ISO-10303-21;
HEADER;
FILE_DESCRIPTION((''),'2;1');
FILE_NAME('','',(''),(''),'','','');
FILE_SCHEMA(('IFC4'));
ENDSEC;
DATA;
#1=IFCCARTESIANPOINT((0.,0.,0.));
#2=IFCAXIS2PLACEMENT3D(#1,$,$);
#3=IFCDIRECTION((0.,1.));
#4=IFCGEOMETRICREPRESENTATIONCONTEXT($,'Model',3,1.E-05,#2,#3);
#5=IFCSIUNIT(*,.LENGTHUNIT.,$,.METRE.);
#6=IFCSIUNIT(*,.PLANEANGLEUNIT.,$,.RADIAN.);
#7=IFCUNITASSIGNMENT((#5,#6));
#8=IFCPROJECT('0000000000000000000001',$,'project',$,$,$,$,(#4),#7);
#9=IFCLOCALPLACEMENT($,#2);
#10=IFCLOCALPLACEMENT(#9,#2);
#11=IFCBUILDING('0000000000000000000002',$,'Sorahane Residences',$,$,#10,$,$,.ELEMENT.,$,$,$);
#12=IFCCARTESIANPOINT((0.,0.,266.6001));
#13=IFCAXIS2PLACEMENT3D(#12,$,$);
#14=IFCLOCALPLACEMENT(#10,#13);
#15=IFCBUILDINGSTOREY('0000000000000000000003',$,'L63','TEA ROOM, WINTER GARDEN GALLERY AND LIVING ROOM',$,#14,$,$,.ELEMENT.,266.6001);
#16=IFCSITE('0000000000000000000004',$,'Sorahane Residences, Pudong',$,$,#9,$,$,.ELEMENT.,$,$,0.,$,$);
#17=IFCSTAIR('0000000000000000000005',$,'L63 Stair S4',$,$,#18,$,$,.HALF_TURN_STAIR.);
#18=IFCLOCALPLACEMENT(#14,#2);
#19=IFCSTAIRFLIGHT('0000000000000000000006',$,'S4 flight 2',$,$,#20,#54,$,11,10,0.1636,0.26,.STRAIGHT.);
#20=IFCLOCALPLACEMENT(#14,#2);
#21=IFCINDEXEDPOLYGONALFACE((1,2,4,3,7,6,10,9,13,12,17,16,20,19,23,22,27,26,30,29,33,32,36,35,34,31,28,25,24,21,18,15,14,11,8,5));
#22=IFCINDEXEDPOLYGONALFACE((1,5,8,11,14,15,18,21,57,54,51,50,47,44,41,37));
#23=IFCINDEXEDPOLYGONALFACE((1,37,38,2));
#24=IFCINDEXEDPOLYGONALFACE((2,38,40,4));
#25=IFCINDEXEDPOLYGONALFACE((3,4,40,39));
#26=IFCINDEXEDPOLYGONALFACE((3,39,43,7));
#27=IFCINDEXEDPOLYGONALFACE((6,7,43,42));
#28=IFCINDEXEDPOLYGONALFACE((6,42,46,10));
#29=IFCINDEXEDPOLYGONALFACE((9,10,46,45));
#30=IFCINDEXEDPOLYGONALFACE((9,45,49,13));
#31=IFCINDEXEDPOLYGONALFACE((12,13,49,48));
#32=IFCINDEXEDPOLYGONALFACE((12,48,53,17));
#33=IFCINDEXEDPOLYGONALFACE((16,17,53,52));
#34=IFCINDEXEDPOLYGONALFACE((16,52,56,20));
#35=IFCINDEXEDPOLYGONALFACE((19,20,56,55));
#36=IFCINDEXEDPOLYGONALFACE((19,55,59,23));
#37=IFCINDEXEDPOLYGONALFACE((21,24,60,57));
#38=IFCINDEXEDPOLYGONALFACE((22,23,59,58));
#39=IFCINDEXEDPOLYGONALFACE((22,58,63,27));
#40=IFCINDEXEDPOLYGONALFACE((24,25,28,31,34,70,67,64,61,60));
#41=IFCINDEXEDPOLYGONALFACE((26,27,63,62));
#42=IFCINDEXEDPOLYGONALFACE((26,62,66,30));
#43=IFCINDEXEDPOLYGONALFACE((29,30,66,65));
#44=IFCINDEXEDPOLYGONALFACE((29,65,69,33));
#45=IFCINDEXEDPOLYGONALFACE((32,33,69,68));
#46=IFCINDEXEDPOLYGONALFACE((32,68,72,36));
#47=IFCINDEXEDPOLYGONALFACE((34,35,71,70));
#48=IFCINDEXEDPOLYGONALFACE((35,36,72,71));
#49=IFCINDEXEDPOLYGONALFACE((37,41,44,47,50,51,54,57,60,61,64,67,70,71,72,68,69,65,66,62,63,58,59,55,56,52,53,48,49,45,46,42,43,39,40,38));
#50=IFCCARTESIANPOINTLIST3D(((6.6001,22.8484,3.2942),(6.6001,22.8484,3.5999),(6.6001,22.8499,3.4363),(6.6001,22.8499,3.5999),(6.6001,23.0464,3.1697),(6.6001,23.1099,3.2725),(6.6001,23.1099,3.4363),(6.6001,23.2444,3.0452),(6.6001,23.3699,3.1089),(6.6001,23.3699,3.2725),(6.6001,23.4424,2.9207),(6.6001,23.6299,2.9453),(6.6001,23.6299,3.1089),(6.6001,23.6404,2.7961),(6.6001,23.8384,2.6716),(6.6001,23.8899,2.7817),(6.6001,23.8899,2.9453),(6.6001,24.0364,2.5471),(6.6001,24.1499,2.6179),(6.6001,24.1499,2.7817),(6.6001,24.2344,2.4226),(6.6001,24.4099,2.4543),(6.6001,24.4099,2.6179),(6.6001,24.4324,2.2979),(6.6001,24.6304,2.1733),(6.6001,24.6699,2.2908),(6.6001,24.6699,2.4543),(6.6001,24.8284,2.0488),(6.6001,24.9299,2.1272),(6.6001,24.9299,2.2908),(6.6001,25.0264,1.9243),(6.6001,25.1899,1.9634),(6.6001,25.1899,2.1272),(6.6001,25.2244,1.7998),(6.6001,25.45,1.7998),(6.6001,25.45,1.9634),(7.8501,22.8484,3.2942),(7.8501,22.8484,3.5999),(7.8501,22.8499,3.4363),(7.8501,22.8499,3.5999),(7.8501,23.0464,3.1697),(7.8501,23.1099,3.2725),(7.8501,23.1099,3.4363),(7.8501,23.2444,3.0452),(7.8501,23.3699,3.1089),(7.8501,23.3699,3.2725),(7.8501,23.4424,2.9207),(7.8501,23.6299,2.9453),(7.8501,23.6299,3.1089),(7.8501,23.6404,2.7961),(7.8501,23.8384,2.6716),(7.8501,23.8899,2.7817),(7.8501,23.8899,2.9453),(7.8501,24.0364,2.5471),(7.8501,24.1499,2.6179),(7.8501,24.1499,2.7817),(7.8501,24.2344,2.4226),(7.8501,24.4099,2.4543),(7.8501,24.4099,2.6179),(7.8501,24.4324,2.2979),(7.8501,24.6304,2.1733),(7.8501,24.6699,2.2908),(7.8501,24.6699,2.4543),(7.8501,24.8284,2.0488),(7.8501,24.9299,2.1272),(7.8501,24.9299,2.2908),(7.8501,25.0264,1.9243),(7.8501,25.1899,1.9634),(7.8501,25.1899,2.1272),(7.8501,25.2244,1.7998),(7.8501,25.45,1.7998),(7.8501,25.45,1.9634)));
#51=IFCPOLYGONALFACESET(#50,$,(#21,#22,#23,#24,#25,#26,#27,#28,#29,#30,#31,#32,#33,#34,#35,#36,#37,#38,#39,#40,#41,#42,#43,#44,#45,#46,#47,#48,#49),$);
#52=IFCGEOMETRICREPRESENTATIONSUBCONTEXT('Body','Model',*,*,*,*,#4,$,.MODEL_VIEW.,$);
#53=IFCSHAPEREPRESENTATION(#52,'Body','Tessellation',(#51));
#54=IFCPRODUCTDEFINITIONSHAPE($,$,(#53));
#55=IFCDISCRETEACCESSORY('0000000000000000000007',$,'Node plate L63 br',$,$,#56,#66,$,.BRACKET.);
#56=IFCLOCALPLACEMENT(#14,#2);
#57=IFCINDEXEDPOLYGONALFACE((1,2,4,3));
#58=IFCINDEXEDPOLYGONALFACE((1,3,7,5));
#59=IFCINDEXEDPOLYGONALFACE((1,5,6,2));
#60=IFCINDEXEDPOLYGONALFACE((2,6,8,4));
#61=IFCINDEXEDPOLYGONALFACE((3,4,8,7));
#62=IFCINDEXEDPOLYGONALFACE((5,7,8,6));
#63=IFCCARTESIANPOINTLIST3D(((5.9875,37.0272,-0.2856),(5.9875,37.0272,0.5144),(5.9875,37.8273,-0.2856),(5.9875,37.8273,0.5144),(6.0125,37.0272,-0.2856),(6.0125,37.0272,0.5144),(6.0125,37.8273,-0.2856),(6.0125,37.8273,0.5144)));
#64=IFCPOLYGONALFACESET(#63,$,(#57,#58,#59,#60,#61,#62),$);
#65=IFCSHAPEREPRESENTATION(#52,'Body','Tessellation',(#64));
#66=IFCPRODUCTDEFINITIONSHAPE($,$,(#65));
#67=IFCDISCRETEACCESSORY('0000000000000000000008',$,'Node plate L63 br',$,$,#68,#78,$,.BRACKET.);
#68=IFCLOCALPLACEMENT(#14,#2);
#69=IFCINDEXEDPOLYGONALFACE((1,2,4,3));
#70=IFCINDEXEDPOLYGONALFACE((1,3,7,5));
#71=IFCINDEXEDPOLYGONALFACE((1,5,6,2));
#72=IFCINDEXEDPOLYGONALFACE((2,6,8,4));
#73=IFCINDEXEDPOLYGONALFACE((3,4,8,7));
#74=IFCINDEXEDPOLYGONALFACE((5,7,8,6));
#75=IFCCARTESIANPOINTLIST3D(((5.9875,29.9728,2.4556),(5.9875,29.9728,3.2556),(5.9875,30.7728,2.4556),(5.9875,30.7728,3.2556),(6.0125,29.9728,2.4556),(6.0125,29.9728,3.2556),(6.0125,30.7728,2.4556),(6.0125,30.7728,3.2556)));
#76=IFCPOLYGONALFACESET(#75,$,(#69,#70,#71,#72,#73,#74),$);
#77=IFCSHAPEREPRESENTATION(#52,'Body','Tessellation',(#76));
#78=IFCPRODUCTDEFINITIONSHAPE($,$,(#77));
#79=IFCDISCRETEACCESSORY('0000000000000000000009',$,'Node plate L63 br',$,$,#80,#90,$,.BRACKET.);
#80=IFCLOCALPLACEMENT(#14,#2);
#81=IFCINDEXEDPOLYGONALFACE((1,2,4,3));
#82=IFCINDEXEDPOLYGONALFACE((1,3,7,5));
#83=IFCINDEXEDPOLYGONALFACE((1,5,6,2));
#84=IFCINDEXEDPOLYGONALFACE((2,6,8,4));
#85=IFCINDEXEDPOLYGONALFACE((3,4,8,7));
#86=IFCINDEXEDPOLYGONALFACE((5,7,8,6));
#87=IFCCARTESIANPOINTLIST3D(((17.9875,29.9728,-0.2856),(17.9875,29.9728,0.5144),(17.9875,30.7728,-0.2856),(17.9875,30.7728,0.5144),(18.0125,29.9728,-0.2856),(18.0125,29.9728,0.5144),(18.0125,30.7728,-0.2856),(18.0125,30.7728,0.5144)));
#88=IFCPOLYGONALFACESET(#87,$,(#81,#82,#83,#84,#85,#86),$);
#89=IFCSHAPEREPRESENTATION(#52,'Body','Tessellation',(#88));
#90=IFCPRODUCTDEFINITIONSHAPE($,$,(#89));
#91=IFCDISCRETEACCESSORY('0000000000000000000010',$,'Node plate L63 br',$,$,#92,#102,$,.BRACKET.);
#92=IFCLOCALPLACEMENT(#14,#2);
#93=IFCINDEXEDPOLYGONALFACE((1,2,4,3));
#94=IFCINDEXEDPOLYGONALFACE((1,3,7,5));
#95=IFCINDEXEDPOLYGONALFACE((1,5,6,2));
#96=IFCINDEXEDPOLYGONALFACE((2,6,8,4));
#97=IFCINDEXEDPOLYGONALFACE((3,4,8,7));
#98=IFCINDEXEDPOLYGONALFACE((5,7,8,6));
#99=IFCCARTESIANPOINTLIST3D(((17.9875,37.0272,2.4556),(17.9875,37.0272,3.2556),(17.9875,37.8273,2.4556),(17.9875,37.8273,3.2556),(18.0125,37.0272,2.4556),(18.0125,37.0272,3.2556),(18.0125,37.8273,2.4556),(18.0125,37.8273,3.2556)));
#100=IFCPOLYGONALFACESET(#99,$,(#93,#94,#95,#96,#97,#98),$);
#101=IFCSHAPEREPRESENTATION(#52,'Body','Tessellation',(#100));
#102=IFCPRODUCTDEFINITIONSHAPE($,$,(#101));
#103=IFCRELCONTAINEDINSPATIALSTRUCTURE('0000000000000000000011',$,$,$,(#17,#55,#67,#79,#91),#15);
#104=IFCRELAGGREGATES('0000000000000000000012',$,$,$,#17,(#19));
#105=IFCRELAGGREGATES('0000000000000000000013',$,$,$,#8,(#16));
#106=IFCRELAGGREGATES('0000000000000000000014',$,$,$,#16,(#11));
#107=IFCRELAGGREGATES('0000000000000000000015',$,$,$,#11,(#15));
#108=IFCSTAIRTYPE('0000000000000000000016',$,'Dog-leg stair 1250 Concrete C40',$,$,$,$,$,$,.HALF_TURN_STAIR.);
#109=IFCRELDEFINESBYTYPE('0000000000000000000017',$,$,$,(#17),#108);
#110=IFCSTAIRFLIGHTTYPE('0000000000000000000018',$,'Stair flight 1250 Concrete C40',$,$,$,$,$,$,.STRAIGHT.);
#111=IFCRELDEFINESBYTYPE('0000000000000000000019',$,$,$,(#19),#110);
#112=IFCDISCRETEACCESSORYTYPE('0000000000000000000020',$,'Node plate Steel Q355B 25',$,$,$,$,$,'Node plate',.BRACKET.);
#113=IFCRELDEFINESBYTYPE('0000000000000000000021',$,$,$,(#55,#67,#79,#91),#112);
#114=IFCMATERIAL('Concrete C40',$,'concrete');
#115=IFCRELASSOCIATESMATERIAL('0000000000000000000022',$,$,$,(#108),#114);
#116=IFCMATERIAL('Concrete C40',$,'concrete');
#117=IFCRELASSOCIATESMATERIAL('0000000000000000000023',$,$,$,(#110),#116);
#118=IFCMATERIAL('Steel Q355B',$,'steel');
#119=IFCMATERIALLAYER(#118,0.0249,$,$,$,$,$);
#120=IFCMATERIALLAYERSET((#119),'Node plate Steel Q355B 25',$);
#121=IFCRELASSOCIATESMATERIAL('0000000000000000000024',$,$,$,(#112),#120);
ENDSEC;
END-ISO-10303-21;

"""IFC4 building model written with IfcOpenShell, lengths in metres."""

from ifc_helpers import new_model, si_unit, direction, frame, origin, origin_2d, place, context, subcontext, project, spatial, polyline, rectangle, outline, extrude, material, layer, layer_set, type_object, element, aggregate, save


model = new_model("IFC4")

# Units and contexts
model_context = context("Model", 3, precision=1e-05, world=origin(), true_north=direction((0.0, 1.0)))
body_context = subcontext(model_context, "Body", "Model", "MODEL_VIEW")
ifc_project = project(units=[si_unit("LENGTHUNIT", "METRE"), si_unit("PLANEANGLEUNIT", "RADIAN")], contexts=[model_context])

# Site, building, storey
site_placement = place(None, origin())
site = spatial("IfcSite", under=ifc_project, at=site_placement, Name="Sorahane Residences, Pudong", CompositionType="ELEMENT", RefElevation=0.0)
building_placement = place(site_placement, origin())
building = spatial("IfcBuilding", under=site, at=building_placement, Name="Sorahane Residences", CompositionType="ELEMENT")
storey_placement = place(building_placement, frame((0.0, 0.0, 266.6001)))
storey = spatial("IfcBuildingStorey", under=building, at=storey_placement, Name="L63", Description="TEA ROOM, WINTER GARDEN GALLERY AND LIVING ROOM", CompositionType="ELEMENT", Elevation=266.6001)

# Stair, stair flight
ifc_material_1 = material(Name="Concrete C40", Category="concrete")
stair_type = type_object("IfcStairType", Name="Dog-leg stair 1250 Concrete C40", PredefinedType="HALF_TURN_STAIR", material=ifc_material_1)
stair_placement = place(storey_placement, origin())
stair = element("IfcStair", 1, at=stair_placement, inside=storey, type_object=stair_type, Name="L63 Stair S4", PredefinedType="HALF_TURN_STAIR")
ifc_material_2 = material(Name="Concrete C40", Category="concrete")
stair_flight_type = type_object("IfcStairFlightType", Name="Stair flight 1250 Concrete C40", PredefinedType="STRAIGHT", material=ifc_material_2)
stair_flight_placement = place(storey_placement, frame((7.2251, 25.45, 1.7998), z_axis=(0.0, 0.0, 1.0), x_axis=(0.0, -1.0, 0.0)))
stair_flight = element("IfcStairFlight", 2, at=stair_flight_placement, type_object=stair_flight_type, Name="S4 flight 2", NumberOfRisers=11, NumberOfTreads=10, PredefinedType="STRAIGHT", RiserHeight=0.1636, TreadLength=0.26, context=body_context, shape_type="SweptSolid", body=[
    extrude(outline(polyline([(0.0, 0.0), (0.0, 0.1636), (0.26, 0.1636), (0.26, 0.3274), (0.52, 0.3274), (0.52, 0.491), (0.78, 0.491), (0.78, 0.6545), (1.04, 0.6545), (1.04, 0.8181), (1.3, 0.8181), (1.3, 0.9819), (1.5601, 0.9819), (1.5601, 1.1455), (1.8201, 1.1455), (1.8201, 1.3091), (2.0801, 1.3091), (2.0801, 1.4727), (2.3401, 1.4727), (2.3401, 1.6365), (2.6001, 1.6365), (2.6001, 1.8), (2.6016, 1.8), (2.6016, 1.4944), (2.4036, 1.3699), (2.2056, 1.2454), (2.0076, 1.1208), (1.8096, 0.9963), (1.6116, 0.8718), (1.4136, 0.7473), (1.2156, 0.6228), (1.0176, 0.498), (0.8196, 0.3735), (0.6216, 0.249), (0.4236, 0.1245), (0.2256, 0.0), (0.0, 0.0)])), frame((0.0, 0.625, 0.0), z_axis=(0.0, -1.0, 0.0), x_axis=(1.0, 0.0, 0.0)), (0.0, 0.0, 1.0), 1.25),
])
aggregate(stair, [stair_flight])

# Discrete accessories
ifc_material_3 = material(Name="Steel Q355B", Category="steel")
ifc_layer_1 = layer(ifc_material_3, 0.0249)
ifc_layer_set_1 = layer_set([ifc_layer_1], Name="Node plate Steel Q355B 25")
discrete_accessory_type = type_object("IfcDiscreteAccessoryType", Name="Node plate Steel Q355B 25", ElementType="Node plate", PredefinedType="BRACKET", material=ifc_layer_set_1)
for number, where, z_axis, x_axis, name in (
    (3, (6.0, 37.4272, -0.2856), (0.0, 0.0, 1.0), (0.0, 1.0, 0.0), "Node plate L63 br"),
    (4, (6.0, 30.3728, 2.4556), (0.0, 0.0, 1.0), (0.0, 1.0, 0.0), "Node plate L63 br"),
    (5, (18.0, 30.3728, -0.2856), (0.0, 0.0, 1.0), (0.0, 1.0, 0.0), "Node plate L63 br"),
    (6, (18.0, 37.4272, 2.4556), (0.0, 0.0, 1.0), (0.0, 1.0, 0.0), "Node plate L63 br"),
):
    element("IfcDiscreteAccessory", number, at=place(storey_placement, frame(where, z_axis=z_axis, x_axis=x_axis)), inside=storey, type_object=discrete_accessory_type, Name=name, PredefinedType="BRACKET", context=body_context, shape_type="SweptSolid", body=[
        extrude(rectangle(XDim=0.8, YDim=0.0249, at=origin_2d()), origin(), (0.0, 0.0, 1.0), 0.8),
    ])

save(model, "model.ifc")
